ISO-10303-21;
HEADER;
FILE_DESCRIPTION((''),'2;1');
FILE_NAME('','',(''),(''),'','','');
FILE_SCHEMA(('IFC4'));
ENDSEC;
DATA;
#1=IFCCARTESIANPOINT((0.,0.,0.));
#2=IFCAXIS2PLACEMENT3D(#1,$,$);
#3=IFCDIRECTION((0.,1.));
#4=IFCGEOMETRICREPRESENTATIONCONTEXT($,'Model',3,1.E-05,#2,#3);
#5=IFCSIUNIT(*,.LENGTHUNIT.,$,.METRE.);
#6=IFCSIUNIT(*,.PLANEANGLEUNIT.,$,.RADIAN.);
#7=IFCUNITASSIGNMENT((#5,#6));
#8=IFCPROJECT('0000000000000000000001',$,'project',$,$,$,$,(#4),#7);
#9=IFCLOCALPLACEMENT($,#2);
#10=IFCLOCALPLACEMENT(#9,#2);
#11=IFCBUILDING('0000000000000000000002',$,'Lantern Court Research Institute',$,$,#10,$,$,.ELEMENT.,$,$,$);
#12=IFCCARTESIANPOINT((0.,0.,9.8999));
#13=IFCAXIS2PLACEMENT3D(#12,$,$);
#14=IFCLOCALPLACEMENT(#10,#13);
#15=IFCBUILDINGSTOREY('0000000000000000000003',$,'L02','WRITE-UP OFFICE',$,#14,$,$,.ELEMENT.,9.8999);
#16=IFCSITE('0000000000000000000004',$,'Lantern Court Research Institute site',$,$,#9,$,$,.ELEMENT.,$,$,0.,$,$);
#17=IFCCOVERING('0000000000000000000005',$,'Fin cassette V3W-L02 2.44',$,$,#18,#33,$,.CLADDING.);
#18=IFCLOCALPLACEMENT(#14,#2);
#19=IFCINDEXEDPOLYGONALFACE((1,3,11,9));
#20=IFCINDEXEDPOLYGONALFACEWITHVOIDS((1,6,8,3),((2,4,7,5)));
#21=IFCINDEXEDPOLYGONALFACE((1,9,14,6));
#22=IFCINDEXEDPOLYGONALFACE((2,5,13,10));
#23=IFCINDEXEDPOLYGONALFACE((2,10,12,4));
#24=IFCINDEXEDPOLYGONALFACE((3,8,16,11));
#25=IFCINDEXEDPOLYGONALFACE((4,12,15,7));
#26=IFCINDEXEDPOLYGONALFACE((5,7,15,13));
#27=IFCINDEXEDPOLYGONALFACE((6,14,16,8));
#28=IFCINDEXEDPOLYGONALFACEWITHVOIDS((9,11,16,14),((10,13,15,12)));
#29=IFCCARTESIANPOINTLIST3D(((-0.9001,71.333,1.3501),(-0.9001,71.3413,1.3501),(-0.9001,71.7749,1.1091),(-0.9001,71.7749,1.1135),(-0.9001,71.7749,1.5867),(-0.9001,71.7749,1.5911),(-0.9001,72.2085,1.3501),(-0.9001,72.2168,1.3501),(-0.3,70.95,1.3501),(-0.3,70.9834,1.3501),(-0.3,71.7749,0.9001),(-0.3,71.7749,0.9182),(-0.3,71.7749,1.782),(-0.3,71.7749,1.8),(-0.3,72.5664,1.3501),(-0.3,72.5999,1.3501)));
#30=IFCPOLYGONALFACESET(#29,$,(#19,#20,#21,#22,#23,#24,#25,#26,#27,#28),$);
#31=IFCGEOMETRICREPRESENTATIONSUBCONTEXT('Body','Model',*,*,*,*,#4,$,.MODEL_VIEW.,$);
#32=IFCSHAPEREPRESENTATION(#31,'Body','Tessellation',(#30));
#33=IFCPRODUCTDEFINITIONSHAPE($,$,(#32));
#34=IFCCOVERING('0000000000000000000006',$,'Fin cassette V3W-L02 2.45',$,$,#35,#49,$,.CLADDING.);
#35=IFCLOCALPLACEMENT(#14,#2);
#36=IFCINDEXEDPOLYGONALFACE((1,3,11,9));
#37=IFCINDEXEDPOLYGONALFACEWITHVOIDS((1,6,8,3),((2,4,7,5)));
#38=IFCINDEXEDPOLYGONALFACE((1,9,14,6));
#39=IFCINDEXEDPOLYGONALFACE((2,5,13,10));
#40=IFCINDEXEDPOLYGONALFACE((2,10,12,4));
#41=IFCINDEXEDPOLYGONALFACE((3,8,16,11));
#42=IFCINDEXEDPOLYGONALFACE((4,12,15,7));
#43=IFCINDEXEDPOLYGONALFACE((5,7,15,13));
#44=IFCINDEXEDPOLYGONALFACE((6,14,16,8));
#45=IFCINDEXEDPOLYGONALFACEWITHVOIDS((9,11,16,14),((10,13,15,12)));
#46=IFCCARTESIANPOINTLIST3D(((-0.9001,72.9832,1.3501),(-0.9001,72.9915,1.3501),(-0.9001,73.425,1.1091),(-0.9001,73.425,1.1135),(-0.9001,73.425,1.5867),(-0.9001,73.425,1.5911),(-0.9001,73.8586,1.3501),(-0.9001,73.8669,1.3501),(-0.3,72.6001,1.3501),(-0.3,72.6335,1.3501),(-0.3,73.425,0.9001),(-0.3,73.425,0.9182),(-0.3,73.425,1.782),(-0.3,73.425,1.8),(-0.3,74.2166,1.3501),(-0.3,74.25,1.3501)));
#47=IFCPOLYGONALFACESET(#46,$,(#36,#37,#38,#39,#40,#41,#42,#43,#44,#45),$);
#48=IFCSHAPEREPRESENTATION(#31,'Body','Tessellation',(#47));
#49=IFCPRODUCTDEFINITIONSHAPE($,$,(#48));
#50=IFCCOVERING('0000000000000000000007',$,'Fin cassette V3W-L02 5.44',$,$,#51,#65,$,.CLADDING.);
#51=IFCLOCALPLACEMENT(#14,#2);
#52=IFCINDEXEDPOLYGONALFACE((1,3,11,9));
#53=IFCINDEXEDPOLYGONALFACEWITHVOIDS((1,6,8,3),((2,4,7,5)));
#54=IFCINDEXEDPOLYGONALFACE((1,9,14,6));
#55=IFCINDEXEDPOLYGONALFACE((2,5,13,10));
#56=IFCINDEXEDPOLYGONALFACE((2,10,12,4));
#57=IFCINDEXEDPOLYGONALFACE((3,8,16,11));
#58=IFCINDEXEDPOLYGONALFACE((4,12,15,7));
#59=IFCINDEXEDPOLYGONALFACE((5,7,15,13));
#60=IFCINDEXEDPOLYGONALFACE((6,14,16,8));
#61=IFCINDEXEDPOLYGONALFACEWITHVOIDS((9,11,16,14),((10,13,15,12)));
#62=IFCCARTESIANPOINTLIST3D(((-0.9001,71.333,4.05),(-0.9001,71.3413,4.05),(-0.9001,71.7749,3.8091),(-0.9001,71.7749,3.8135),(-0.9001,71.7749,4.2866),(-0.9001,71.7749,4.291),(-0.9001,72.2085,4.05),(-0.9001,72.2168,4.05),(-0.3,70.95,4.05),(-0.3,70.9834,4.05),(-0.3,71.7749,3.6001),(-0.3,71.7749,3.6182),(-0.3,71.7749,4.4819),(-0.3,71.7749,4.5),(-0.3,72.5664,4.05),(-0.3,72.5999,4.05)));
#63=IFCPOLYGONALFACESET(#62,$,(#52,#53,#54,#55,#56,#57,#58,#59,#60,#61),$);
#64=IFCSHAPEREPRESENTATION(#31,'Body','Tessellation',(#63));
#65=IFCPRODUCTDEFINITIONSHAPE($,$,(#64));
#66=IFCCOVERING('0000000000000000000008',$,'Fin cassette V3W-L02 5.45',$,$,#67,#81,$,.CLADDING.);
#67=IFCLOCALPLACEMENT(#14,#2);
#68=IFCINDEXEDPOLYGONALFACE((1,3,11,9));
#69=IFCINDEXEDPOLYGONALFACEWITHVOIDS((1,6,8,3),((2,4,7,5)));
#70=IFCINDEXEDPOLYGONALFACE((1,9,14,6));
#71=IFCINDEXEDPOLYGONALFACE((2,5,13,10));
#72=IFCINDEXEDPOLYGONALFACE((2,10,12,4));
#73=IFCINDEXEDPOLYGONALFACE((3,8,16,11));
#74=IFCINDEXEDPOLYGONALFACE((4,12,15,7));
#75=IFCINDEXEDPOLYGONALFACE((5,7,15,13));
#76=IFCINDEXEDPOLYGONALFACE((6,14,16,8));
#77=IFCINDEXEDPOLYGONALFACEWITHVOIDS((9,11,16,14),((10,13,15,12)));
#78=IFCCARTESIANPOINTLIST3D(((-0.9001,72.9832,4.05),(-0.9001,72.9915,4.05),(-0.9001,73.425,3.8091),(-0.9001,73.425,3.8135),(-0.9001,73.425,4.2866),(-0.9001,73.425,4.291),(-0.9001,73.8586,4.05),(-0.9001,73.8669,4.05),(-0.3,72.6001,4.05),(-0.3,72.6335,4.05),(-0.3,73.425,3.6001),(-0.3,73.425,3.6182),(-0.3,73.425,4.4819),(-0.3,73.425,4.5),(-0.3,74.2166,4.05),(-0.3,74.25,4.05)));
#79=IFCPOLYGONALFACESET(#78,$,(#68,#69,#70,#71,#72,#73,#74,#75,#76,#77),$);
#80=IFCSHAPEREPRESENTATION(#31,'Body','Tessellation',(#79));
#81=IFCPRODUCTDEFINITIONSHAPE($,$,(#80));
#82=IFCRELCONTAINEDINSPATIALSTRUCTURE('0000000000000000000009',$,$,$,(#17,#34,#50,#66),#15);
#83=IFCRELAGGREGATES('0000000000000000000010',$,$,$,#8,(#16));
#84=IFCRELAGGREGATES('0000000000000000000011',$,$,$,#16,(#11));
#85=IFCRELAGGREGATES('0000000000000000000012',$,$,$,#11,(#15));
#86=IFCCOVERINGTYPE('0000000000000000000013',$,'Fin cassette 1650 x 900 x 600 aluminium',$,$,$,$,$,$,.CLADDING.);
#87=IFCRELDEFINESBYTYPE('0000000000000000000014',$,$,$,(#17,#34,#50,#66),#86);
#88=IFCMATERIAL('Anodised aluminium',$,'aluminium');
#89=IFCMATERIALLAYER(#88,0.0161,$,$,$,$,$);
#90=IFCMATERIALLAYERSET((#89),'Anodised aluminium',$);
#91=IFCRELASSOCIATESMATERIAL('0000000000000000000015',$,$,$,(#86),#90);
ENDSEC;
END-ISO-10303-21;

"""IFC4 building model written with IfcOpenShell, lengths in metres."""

from ifc_helpers import new_model, entity, si_unit, direction, frame, origin, place, context, subcontext, project, spatial, material, layer, layer_set, type_object, element, save


model = new_model("IFC4")

# Units and contexts
model_context = context("Model", 3, precision=1e-05, world=origin(), true_north=direction((0.0, 1.0)))
body_context = subcontext(model_context, "Body", "Model", "MODEL_VIEW")
ifc_project = project(units=[si_unit("LENGTHUNIT", "METRE"), si_unit("PLANEANGLEUNIT", "RADIAN")], contexts=[model_context])

# Site, building, storey
site_placement = place(None, origin())
site = spatial("IfcSite", under=ifc_project, at=site_placement, Name="Lantern Court Research Institute site", CompositionType="ELEMENT", RefElevation=0.0)
building_placement = place(site_placement, origin())
building = spatial("IfcBuilding", under=site, at=building_placement, Name="Lantern Court Research Institute", CompositionType="ELEMENT")
storey_placement = place(building_placement, frame((0.0, 0.0, 9.8999)))
storey = spatial("IfcBuildingStorey", under=building, at=storey_placement, Name="L02", Description="WRITE-UP OFFICE", CompositionType="ELEMENT", Elevation=9.8999)

# Coverings
ifc_material_1 = material(Name="Anodised aluminium", Category="aluminium")
ifc_layer_1 = layer(ifc_material_1, 0.0161)
ifc_layer_set_1 = layer_set([ifc_layer_1], Name="Anodised aluminium")
covering_type_1 = type_object("IfcCoveringType", Name="Fin cassette 1650 x 900 x 600 aluminium", PredefinedType="CLADDING", material=ifc_layer_set_1)
covering_1_placement = place(storey_placement, frame((-0.3, 71.7749, 1.3501), z_axis=(-1.0, 0.0, 0.0), x_axis=(0.0, -1.0, 0.0)))
cartesian_point_1 = entity("IfcCartesianPoint", [0.825, 0.0])
cartesian_point_2 = entity("IfcCartesianPoint", [0.7915, 0.0])
cartesian_point_3 = entity("IfcCartesianPoint", [0.4419, 0.0])
cartesian_point_4 = entity("IfcCartesianPoint", [0.4336, 0.0])
element("IfcCovering", 1, at=covering_1_placement, inside=storey, type_object=covering_type_1, Name="Fin cassette V3W-L02 2.44", PredefinedType="CLADDING", context=body_context, shape_type="SweptSolid", body=[
    entity("IfcExtrudedAreaSolidTapered", entity("IfcArbitraryProfileDefWithVoids", "AREA", None, entity("IfcPolyline", [cartesian_point_1, entity("IfcCartesianPoint", [0.0, 0.45]), entity("IfcCartesianPoint", [-0.825, 0.0]), entity("IfcCartesianPoint", [0.0, -0.45]), cartesian_point_1]), [entity("IfcPolyline", [cartesian_point_2, entity("IfcCartesianPoint", [0.0, 0.4319]), entity("IfcCartesianPoint", [-0.7915, 0.0]), entity("IfcCartesianPoint", [0.0, -0.4319]), cartesian_point_2])]), entity("IfcAxis2Placement3D", entity("IfcCartesianPoint", [0.0, 0.0, 0.0])), entity("IfcDirection", [0.0, 0.0, 1.0]), 0.6001, entity("IfcArbitraryProfileDefWithVoids", "AREA", None, entity("IfcPolyline", [cartesian_point_3, entity("IfcCartesianPoint", [0.0, 0.241]), entity("IfcCartesianPoint", [-0.4419, 0.0]), entity("IfcCartesianPoint", [0.0, -0.241]), cartesian_point_3]), [entity("IfcPolyline", [cartesian_point_4, entity("IfcCartesianPoint", [0.0, 0.2366]), entity("IfcCartesianPoint", [-0.4336, 0.0]), entity("IfcCartesianPoint", [0.0, -0.2366]), cartesian_point_4])])),
])
covering_2_placement = place(storey_placement, frame((-0.3, 73.425, 1.3501), z_axis=(-1.0, 0.0, 0.0), x_axis=(0.0, -1.0, 0.0)))
cartesian_point_5 = entity("IfcCartesianPoint", [0.825, 0.0])
cartesian_point_6 = entity("IfcCartesianPoint", [0.7915, 0.0])
cartesian_point_7 = entity("IfcCartesianPoint", [0.4419, 0.0])
cartesian_point_8 = entity("IfcCartesianPoint", [0.4336, 0.0])
element("IfcCovering", 2, at=covering_2_placement, inside=storey, type_object=covering_type_1, Name="Fin cassette V3W-L02 2.45", PredefinedType="CLADDING", context=body_context, shape_type="SweptSolid", body=[
    entity("IfcExtrudedAreaSolidTapered", entity("IfcArbitraryProfileDefWithVoids", "AREA", None, entity("IfcPolyline", [cartesian_point_5, entity("IfcCartesianPoint", [0.0, 0.45]), entity("IfcCartesianPoint", [-0.825, 0.0]), entity("IfcCartesianPoint", [0.0, -0.45]), cartesian_point_5]), [entity("IfcPolyline", [cartesian_point_6, entity("IfcCartesianPoint", [0.0, 0.4319]), entity("IfcCartesianPoint", [-0.7915, 0.0]), entity("IfcCartesianPoint", [0.0, -0.4319]), cartesian_point_6])]), entity("IfcAxis2Placement3D", entity("IfcCartesianPoint", [0.0, 0.0, 0.0])), entity("IfcDirection", [0.0, 0.0, 1.0]), 0.6001, entity("IfcArbitraryProfileDefWithVoids", "AREA", None, entity("IfcPolyline", [cartesian_point_7, entity("IfcCartesianPoint", [0.0, 0.241]), entity("IfcCartesianPoint", [-0.4419, 0.0]), entity("IfcCartesianPoint", [0.0, -0.241]), cartesian_point_7]), [entity("IfcPolyline", [cartesian_point_8, entity("IfcCartesianPoint", [0.0, 0.2366]), entity("IfcCartesianPoint", [-0.4336, 0.0]), entity("IfcCartesianPoint", [0.0, -0.2366]), cartesian_point_8])])),
])
covering_3_placement = place(storey_placement, frame((-0.3, 71.7749, 4.05), z_axis=(-1.0, 0.0, 0.0), x_axis=(0.0, -1.0, 0.0)))
cartesian_point_9 = entity("IfcCartesianPoint", [0.825, 0.0])
cartesian_point_10 = entity("IfcCartesianPoint", [0.7915, 0.0])
cartesian_point_11 = entity("IfcCartesianPoint", [0.4419, 0.0])
cartesian_point_12 = entity("IfcCartesianPoint", [0.4336, 0.0])
element("IfcCovering", 3, at=covering_3_placement, inside=storey, type_object=covering_type_1, Name="Fin cassette V3W-L02 5.44", PredefinedType="CLADDING", context=body_context, shape_type="SweptSolid", body=[
    entity("IfcExtrudedAreaSolidTapered", entity("IfcArbitraryProfileDefWithVoids", "AREA", None, entity("IfcPolyline", [cartesian_point_9, entity("IfcCartesianPoint", [0.0, 0.45]), entity("IfcCartesianPoint", [-0.825, 0.0]), entity("IfcCartesianPoint", [0.0, -0.45]), cartesian_point_9]), [entity("IfcPolyline", [cartesian_point_10, entity("IfcCartesianPoint", [0.0, 0.4319]), entity("IfcCartesianPoint", [-0.7915, 0.0]), entity("IfcCartesianPoint", [0.0, -0.4319]), cartesian_point_10])]), entity("IfcAxis2Placement3D", entity("IfcCartesianPoint", [0.0, 0.0, 0.0])), entity("IfcDirection", [0.0, 0.0, 1.0]), 0.6001, entity("IfcArbitraryProfileDefWithVoids", "AREA", None, entity("IfcPolyline", [cartesian_point_11, entity("IfcCartesianPoint", [0.0, 0.241]), entity("IfcCartesianPoint", [-0.4419, 0.0]), entity("IfcCartesianPoint", [0.0, -0.241]), cartesian_point_11]), [entity("IfcPolyline", [cartesian_point_12, entity("IfcCartesianPoint", [0.0, 0.2366]), entity("IfcCartesianPoint", [-0.4336, 0.0]), entity("IfcCartesianPoint", [0.0, -0.2366]), cartesian_point_12])])),
])
covering_4_placement = place(storey_placement, frame((-0.3, 73.425, 4.05), z_axis=(-1.0, 0.0, 0.0), x_axis=(0.0, -1.0, 0.0)))
cartesian_point_13 = entity("IfcCartesianPoint", [0.825, 0.0])
cartesian_point_14 = entity("IfcCartesianPoint", [0.7915, 0.0])
cartesian_point_15 = entity("IfcCartesianPoint", [0.4419, 0.0])
cartesian_point_16 = entity("IfcCartesianPoint", [0.4336, 0.0])
element("IfcCovering", 4, at=covering_4_placement, inside=storey, type_object=covering_type_1, Name="Fin cassette V3W-L02 5.45", PredefinedType="CLADDING", context=body_context, shape_type="SweptSolid", body=[
    entity("IfcExtrudedAreaSolidTapered", entity("IfcArbitraryProfileDefWithVoids", "AREA", None, entity("IfcPolyline", [cartesian_point_13, entity("IfcCartesianPoint", [0.0, 0.45]), entity("IfcCartesianPoint", [-0.825, 0.0]), entity("IfcCartesianPoint", [0.0, -0.45]), cartesian_point_13]), [entity("IfcPolyline", [cartesian_point_14, entity("IfcCartesianPoint", [0.0, 0.4319]), entity("IfcCartesianPoint", [-0.7915, 0.0]), entity("IfcCartesianPoint", [0.0, -0.4319]), cartesian_point_14])]), entity("IfcAxis2Placement3D", entity("IfcCartesianPoint", [0.0, 0.0, 0.0])), entity("IfcDirection", [0.0, 0.0, 1.0]), 0.6001, entity("IfcArbitraryProfileDefWithVoids", "AREA", None, entity("IfcPolyline", [cartesian_point_15, entity("IfcCartesianPoint", [0.0, 0.241]), entity("IfcCartesianPoint", [-0.4419, 0.0]), entity("IfcCartesianPoint", [0.0, -0.241]), cartesian_point_15]), [entity("IfcPolyline", [cartesian_point_16, entity("IfcCartesianPoint", [0.0, 0.2366]), entity("IfcCartesianPoint", [-0.4336, 0.0]), entity("IfcCartesianPoint", [0.0, -0.2366]), cartesian_point_16])])),
])

save(model, "model.ifc")
